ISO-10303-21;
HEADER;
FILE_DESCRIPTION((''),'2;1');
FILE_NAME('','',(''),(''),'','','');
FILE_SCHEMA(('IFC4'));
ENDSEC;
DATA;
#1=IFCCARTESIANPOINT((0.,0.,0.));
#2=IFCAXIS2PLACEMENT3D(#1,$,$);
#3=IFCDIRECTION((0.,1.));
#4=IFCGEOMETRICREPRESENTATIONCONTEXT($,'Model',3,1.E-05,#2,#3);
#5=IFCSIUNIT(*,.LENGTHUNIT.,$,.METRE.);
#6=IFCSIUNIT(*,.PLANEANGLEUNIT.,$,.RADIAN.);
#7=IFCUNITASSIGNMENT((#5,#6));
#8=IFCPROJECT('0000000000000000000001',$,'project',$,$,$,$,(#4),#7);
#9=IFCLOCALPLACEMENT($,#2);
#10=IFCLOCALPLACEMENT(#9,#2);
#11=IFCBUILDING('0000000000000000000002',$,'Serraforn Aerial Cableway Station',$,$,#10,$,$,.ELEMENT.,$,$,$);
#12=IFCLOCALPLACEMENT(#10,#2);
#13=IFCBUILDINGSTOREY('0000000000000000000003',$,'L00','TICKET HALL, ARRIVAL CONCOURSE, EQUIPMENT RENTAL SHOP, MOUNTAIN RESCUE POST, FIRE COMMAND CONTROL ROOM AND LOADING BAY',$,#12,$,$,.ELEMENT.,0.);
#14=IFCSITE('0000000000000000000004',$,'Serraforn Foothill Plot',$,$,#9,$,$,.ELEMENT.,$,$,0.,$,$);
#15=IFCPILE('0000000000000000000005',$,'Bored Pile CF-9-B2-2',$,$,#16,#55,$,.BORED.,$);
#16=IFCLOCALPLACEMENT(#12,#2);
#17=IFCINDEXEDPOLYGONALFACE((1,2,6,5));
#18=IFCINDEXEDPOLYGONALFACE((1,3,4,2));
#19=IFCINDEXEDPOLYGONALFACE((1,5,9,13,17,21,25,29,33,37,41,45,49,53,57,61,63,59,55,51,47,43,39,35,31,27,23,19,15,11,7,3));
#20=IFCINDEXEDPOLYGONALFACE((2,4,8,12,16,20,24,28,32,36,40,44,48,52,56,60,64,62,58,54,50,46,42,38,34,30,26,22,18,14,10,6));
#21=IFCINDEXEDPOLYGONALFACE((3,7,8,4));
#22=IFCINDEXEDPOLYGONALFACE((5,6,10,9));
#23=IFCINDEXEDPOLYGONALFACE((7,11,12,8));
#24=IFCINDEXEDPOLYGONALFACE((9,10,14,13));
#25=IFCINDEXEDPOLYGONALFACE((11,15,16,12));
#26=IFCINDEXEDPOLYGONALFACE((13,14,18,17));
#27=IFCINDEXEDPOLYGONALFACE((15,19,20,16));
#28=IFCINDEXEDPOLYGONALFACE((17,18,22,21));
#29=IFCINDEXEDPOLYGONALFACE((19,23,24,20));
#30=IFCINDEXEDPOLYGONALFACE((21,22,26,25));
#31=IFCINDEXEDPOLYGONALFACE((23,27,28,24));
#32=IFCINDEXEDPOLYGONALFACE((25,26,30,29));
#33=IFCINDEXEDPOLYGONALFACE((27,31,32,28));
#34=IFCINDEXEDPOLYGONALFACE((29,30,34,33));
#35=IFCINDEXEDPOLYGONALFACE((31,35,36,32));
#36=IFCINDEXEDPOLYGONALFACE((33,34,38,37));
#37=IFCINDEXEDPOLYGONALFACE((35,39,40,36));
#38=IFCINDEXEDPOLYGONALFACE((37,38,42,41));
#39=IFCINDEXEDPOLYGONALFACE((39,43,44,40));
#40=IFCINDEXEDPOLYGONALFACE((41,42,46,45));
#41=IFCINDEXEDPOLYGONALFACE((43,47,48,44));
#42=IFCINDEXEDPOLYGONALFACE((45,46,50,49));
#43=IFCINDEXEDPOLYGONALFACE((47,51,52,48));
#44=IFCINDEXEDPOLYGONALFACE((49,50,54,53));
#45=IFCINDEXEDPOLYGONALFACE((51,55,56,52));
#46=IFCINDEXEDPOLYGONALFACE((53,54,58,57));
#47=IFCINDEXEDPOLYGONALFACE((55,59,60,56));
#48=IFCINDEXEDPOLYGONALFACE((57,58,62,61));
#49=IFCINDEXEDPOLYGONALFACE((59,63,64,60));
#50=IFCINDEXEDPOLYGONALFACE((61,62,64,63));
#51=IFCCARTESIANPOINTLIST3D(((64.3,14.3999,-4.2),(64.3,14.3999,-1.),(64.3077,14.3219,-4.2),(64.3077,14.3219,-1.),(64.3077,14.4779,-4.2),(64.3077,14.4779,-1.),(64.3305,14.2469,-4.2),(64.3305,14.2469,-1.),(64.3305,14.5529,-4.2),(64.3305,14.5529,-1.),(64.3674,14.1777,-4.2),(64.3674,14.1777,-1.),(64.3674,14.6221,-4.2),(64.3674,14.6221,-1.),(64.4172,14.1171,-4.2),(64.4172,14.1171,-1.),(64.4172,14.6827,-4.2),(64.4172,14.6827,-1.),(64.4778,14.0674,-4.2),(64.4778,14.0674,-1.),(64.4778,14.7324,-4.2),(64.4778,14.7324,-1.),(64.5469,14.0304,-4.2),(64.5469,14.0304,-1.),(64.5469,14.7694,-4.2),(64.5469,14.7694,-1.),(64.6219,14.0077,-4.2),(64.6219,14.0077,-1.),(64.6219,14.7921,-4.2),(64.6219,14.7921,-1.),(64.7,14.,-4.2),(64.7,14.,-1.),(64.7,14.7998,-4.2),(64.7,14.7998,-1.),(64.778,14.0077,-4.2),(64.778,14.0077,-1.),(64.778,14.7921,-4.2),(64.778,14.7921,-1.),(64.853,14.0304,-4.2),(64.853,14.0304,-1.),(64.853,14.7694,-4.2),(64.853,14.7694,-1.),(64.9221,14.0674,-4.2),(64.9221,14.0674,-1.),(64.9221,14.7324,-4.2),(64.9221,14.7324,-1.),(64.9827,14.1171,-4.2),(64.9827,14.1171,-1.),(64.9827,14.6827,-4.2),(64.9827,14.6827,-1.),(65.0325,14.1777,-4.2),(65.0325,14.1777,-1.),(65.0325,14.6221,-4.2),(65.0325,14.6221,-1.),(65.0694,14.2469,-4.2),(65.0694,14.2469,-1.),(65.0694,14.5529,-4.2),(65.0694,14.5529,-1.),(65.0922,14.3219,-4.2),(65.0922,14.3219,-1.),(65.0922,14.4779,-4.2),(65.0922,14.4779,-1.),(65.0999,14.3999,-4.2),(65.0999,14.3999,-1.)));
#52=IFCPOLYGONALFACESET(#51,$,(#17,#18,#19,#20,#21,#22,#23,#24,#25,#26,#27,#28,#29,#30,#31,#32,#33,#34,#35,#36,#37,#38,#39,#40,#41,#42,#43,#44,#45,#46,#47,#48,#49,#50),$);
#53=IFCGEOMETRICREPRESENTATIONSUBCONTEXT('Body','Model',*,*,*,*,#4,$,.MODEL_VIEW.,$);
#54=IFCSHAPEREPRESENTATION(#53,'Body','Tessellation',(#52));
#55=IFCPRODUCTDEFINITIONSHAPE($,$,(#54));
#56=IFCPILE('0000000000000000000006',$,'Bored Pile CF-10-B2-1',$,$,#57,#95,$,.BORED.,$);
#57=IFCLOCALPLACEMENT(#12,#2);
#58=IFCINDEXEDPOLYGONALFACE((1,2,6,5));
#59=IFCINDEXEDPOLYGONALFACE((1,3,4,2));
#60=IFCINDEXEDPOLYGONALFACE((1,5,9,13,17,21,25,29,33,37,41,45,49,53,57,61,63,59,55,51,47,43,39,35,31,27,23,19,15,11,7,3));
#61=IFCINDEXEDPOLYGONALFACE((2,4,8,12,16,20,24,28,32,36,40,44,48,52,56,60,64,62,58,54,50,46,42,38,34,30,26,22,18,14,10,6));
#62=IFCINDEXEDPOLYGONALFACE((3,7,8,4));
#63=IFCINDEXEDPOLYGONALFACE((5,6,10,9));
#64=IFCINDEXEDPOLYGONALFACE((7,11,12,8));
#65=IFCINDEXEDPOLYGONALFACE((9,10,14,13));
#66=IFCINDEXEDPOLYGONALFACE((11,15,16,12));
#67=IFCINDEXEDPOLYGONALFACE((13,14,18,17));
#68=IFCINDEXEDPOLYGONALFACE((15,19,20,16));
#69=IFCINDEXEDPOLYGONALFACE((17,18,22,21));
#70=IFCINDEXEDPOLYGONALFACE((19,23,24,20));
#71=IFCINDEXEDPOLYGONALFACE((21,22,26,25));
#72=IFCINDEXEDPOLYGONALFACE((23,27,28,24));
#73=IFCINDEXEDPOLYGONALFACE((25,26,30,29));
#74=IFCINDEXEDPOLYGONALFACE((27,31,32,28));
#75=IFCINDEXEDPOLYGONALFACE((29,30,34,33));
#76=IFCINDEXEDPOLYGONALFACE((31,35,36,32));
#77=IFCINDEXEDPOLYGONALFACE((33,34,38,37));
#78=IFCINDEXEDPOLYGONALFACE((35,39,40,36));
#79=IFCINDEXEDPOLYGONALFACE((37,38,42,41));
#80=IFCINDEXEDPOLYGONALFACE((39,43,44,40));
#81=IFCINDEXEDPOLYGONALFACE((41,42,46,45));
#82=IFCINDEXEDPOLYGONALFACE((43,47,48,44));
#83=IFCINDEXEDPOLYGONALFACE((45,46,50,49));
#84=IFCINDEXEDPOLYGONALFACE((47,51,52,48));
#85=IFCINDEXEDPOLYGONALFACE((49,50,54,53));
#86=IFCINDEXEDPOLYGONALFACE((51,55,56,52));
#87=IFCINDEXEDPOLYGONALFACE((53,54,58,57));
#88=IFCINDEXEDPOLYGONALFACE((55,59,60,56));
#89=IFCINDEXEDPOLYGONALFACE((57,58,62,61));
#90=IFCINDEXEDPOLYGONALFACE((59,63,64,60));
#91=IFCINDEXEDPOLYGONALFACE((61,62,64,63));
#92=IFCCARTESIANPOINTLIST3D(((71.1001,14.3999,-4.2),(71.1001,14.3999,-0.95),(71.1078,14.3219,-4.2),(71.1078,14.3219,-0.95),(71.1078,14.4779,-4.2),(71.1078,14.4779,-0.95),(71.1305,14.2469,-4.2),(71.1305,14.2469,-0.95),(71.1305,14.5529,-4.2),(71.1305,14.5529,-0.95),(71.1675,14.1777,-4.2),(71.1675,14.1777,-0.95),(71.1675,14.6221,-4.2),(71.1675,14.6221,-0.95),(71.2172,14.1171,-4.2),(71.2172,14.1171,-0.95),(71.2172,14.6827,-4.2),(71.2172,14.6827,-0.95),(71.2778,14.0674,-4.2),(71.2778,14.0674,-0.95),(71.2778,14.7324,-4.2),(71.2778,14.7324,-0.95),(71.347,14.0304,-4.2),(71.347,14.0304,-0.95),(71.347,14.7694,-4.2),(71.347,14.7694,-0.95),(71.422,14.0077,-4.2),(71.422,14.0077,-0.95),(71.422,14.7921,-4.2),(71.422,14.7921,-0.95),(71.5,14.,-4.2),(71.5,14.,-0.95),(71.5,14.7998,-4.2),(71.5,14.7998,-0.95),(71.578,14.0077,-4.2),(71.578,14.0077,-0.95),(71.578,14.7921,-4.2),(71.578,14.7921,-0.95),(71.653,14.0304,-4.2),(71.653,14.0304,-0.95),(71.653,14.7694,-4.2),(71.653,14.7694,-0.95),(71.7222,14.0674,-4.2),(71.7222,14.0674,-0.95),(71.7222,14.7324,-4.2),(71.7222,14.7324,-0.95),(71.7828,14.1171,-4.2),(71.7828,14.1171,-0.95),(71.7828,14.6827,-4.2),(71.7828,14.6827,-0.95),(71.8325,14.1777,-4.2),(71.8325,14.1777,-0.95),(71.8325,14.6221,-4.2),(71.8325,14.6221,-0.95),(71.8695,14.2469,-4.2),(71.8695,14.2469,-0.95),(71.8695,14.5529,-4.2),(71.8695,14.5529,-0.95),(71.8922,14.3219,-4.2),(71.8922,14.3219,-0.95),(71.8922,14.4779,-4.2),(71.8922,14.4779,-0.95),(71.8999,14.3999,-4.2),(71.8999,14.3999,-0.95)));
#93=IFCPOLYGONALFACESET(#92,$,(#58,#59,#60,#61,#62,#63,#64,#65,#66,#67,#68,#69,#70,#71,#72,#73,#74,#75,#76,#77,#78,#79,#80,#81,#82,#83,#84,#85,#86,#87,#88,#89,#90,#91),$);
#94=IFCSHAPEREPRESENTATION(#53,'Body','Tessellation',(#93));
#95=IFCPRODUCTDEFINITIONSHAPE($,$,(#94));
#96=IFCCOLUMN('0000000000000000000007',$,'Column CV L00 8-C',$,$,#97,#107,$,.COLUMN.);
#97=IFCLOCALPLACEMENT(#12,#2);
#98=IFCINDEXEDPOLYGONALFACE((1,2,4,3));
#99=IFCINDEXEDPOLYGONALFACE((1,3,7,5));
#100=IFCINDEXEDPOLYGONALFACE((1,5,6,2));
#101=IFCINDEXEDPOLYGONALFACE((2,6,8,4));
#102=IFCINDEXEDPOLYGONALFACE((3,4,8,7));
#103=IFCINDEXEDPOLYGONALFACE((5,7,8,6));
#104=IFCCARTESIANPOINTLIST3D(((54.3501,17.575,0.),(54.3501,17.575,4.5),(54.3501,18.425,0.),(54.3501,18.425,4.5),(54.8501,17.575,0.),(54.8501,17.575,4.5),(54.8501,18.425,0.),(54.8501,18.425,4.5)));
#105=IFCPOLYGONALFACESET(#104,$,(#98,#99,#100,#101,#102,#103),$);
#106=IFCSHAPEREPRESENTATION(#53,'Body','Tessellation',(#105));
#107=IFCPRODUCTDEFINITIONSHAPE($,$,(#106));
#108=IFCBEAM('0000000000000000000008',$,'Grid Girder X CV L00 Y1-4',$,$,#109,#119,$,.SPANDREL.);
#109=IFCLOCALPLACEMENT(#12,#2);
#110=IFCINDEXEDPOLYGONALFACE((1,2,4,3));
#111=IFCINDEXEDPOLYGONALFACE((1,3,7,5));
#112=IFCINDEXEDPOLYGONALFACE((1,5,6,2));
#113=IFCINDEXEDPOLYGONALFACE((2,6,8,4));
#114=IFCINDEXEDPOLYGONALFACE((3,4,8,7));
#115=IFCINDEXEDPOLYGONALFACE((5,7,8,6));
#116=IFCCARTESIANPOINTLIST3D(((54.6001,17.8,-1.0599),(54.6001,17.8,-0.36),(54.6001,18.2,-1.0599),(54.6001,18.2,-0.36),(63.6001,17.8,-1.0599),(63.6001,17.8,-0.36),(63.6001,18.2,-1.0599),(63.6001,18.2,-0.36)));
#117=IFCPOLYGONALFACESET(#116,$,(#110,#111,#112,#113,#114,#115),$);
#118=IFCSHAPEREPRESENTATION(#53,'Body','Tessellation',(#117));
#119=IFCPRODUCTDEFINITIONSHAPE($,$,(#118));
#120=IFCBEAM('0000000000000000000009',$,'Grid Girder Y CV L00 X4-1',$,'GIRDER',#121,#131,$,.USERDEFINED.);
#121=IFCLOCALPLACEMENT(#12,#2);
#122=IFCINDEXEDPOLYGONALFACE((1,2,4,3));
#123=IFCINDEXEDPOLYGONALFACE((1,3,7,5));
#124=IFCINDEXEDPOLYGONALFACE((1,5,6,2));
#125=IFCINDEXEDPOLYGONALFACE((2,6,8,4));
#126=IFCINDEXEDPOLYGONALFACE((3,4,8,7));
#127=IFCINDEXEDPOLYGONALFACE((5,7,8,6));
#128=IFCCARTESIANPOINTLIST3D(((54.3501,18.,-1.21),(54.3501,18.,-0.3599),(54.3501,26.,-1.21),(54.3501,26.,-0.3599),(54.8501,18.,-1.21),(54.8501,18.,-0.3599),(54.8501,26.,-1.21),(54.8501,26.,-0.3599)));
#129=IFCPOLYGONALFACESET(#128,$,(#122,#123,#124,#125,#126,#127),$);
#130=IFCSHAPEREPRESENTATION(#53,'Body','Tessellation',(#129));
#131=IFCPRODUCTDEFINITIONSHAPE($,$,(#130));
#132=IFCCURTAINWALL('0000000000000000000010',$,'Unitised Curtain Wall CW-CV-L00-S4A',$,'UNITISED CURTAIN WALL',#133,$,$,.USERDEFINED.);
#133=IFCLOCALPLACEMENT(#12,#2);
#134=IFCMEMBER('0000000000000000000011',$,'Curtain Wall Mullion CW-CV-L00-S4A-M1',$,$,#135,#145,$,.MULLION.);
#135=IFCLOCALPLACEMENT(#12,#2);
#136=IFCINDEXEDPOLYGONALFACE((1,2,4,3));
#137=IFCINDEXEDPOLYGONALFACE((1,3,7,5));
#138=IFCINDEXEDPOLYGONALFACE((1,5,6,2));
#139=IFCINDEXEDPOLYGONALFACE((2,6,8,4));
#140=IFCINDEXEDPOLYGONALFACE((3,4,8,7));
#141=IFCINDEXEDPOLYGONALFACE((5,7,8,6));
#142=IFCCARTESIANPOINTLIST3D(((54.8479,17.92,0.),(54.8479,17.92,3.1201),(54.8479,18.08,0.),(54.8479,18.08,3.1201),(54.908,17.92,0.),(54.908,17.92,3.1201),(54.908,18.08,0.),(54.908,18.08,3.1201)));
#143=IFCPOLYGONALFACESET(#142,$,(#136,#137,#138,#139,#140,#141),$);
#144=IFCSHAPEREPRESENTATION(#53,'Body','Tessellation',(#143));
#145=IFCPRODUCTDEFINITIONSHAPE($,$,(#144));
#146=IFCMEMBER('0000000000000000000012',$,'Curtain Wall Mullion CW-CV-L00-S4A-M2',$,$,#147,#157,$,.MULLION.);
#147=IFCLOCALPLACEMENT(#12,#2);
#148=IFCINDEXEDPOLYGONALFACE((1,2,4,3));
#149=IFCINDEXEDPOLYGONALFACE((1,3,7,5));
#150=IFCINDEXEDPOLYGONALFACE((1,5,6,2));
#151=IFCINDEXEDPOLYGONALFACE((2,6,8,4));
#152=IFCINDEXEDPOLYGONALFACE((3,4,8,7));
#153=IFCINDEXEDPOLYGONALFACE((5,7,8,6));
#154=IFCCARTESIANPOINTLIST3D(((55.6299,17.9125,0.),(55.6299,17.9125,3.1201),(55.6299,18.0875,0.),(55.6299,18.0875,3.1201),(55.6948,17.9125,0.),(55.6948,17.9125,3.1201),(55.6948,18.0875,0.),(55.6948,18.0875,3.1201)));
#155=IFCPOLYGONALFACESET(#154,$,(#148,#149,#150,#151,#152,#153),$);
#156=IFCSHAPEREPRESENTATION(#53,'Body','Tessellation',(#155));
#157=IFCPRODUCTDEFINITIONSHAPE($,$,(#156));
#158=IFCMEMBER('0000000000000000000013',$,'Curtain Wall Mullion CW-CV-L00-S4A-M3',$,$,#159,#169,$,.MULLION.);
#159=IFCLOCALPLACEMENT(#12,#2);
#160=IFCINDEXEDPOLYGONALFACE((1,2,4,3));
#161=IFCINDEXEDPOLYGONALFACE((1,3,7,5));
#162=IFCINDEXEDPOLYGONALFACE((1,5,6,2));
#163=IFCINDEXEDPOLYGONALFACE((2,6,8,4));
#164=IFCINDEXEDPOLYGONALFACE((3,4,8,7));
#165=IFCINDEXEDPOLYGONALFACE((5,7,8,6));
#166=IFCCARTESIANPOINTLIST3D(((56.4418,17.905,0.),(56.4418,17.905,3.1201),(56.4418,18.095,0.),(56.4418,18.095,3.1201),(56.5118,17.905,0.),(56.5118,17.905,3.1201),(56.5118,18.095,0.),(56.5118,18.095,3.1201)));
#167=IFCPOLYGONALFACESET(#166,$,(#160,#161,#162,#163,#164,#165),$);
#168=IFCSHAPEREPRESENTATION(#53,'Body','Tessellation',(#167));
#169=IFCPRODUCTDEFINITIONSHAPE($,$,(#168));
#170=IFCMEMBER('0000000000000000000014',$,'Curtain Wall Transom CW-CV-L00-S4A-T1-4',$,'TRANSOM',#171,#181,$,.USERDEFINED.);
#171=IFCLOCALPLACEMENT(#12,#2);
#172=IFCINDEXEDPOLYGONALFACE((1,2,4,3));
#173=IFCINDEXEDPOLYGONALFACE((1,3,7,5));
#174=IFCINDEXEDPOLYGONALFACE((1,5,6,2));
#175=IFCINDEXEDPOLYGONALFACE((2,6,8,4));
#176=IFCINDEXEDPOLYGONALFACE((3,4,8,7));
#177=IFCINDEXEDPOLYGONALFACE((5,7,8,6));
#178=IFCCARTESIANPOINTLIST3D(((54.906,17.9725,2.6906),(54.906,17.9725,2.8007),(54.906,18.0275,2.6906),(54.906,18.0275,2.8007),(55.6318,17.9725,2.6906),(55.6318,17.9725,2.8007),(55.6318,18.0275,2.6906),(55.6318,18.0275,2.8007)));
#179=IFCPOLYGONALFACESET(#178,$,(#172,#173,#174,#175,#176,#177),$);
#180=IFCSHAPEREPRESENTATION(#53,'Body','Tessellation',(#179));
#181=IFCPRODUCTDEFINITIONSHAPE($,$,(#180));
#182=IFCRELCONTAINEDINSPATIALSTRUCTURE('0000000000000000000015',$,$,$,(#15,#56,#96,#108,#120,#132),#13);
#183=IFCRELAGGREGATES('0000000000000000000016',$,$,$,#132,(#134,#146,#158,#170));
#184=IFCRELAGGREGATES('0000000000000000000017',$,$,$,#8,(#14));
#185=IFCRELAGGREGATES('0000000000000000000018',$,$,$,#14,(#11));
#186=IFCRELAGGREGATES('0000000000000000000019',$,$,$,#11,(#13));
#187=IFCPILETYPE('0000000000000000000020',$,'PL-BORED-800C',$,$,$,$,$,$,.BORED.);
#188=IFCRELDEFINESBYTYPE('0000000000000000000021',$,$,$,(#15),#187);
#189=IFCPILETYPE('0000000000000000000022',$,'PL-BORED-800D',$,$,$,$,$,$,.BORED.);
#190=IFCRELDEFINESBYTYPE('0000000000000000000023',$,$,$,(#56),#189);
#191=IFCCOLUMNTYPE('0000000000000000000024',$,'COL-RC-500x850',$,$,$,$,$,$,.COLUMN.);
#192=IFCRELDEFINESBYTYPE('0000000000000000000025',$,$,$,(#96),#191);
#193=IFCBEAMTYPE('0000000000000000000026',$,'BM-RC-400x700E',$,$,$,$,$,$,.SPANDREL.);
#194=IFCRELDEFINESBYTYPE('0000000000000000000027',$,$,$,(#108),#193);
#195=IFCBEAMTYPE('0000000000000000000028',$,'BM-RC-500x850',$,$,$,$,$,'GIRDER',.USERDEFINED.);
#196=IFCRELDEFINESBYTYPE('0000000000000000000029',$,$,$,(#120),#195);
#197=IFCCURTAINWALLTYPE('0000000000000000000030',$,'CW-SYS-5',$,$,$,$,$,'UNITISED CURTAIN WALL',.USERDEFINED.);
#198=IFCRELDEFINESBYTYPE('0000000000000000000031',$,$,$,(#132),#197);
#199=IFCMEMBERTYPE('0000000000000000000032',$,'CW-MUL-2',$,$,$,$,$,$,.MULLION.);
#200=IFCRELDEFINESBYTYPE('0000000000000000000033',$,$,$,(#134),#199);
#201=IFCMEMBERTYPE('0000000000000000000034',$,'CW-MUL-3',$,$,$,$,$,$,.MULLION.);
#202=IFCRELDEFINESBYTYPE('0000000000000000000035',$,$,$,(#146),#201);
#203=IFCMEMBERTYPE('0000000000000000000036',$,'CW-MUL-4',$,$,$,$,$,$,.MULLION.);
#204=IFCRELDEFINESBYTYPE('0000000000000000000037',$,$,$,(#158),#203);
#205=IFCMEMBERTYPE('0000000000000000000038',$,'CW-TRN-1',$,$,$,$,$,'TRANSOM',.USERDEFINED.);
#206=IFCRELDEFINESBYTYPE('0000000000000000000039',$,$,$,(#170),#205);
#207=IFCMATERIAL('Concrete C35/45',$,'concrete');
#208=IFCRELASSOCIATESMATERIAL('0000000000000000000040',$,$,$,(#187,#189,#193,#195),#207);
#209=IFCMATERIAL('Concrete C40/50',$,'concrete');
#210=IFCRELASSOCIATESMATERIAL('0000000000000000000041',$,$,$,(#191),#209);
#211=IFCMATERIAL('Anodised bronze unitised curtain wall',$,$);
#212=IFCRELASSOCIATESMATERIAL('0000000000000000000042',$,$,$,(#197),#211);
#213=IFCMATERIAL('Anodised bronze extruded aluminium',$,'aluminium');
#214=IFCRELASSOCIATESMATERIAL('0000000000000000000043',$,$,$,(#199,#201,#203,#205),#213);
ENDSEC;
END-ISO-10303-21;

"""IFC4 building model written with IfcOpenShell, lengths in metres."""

from ifc_helpers import new_model, si_unit, direction, frame, origin, origin_2d, place, context, subcontext, project, spatial, rectangle, circle, extrude, material, material_profile, profile_set, type_object, element, aggregate, save


model = new_model("IFC4")

# Units and contexts
model_context = context("Model", 3, precision=1e-05, world=origin(), true_north=direction((0.0, 1.0)))
body_context = subcontext(model_context, "Body", "Model", "MODEL_VIEW")
ifc_project = project(units=[si_unit("LENGTHUNIT", "METRE"), si_unit("PLANEANGLEUNIT", "RADIAN")], contexts=[model_context])

# Site, building, storey
site_placement = place(None, origin())
site = spatial("IfcSite", under=ifc_project, at=site_placement, Name="Serraforn Foothill Plot", CompositionType="ELEMENT", RefElevation=0.0)
building_placement = place(site_placement, origin())
building = spatial("IfcBuilding", under=site, at=building_placement, Name="Serraforn Aerial Cableway Station", CompositionType="ELEMENT")
storey_placement = place(building_placement, origin())
storey = spatial("IfcBuildingStorey", under=building, at=storey_placement, Name="L00", Description="TICKET HALL, ARRIVAL CONCOURSE, EQUIPMENT RENTAL SHOP, MOUNTAIN RESCUE POST, FIRE COMMAND CONTROL ROOM AND LOADING BAY", CompositionType="ELEMENT", Elevation=0.0)

# Piles
ifc_material_1 = material(Name="Concrete C35/45", Category="concrete")
ifc_material_profile_1 = material_profile(ifc_material_1, circle(Radius=0.3999, at=origin_2d()), Name="BORED PILE D800")
ifc_profile_set_1 = profile_set([ifc_material_profile_1], Name="Concrete C35/45")
pile_type_1 = type_object("IfcPileType", Name="PL-BORED-800C", PredefinedType="BORED", material=ifc_profile_set_1)
pile_1_placement = place(storey_placement, frame((64.7, 14.3999, -1.0), z_axis=(0.0, 0.0, -1.0), x_axis=(1.0, 0.0, 0.0)))
element("IfcPile", 1, at=pile_1_placement, inside=storey, type_object=pile_type_1, Name="Bored Pile CF-9-B2-2", PredefinedType="BORED", context=body_context, shape_type="SweptSolid", body=[
    extrude(circle(Radius=0.3999, at=origin_2d()), origin(), (0.0, 0.0, 1.0), 3.2),
])
ifc_material_profile_2 = material_profile(ifc_material_1, circle(Radius=0.3999, at=origin_2d()), Name="BORED PILE D800")
ifc_profile_set_2 = profile_set([ifc_material_profile_2], Name="Concrete C35/45")
pile_type_2 = type_object("IfcPileType", Name="PL-BORED-800D", PredefinedType="BORED", material=ifc_profile_set_2)
pile_2_placement = place(storey_placement, frame((71.5, 14.3999, -0.95), z_axis=(0.0, 0.0, -1.0), x_axis=(1.0, 0.0, 0.0)))
element("IfcPile", 2, at=pile_2_placement, inside=storey, type_object=pile_type_2, Name="Bored Pile CF-10-B2-1", PredefinedType="BORED", context=body_context, shape_type="SweptSolid", body=[
    extrude(circle(Radius=0.3999, at=origin_2d()), origin(), (0.0, 0.0, 1.0), 3.25),
])

# Column
ifc_material_2 = material(Name="Concrete C40/50", Category="concrete")
ifc_material_profile_3 = material_profile(ifc_material_2, rectangle(XDim=0.5, YDim=0.8501, at=origin_2d()), Name="RC 500x850")
ifc_profile_set_3 = profile_set([ifc_material_profile_3], Name="Concrete C40/50")
column_type = type_object("IfcColumnType", Name="COL-RC-500x850", PredefinedType="COLUMN", material=ifc_profile_set_3)
column_placement = place(storey_placement, frame((54.6001, 18.0, 0.0), z_axis=(0.0, 0.0, 1.0), x_axis=(1.0, 0.0, 0.0)))
element("IfcColumn", 3, at=column_placement, inside=storey, type_object=column_type, Name="Column CV L00 8-C", PredefinedType="COLUMN", context=body_context, shape_type="SweptSolid", body=[
    extrude(rectangle(XDim=0.5, YDim=0.8501, at=origin_2d()), origin(), (0.0, 0.0, 1.0), 4.5),
])

# Beams
ifc_material_profile_4 = material_profile(ifc_material_1, rectangle(XDim=0.3999, YDim=0.7, at=origin_2d()), Name="RC 400x700")
ifc_profile_set_4 = profile_set([ifc_material_profile_4], Name="Concrete C35/45")
beam_type_1 = type_object("IfcBeamType", Name="BM-RC-400x700E", PredefinedType="SPANDREL", material=ifc_profile_set_4)
beam_1_placement = place(storey_placement, frame((54.6001, 18.0, -0.71), z_axis=(1.0, 0.0, 0.0), x_axis=(0.0, 1.0, 0.0)))
element("IfcBeam", 4, at=beam_1_placement, inside=storey, type_object=beam_type_1, Name="Grid Girder X CV L00 Y1-4", PredefinedType="SPANDREL", context=body_context, shape_type="SweptSolid", body=[
    extrude(rectangle(XDim=0.3999, YDim=0.7, at=origin_2d()), origin(), (0.0, 0.0, 1.0), 9.0),
])
ifc_material_profile_5 = material_profile(ifc_material_1, rectangle(XDim=0.5, YDim=0.8501, at=origin_2d()), Name="RC 500x850")
ifc_profile_set_5 = profile_set([ifc_material_profile_5], Name="Concrete C35/45")
beam_type_2 = type_object("IfcBeamType", Name="BM-RC-500x850", ElementType="GIRDER", PredefinedType="USERDEFINED", material=ifc_profile_set_5)
beam_2_placement = place(storey_placement, frame((54.6001, 18.0, -0.7849), z_axis=(0.0, 1.0, 0.0), x_axis=(-1.0, 0.0, 0.0)))
element("IfcBeam", 5, at=beam_2_placement, inside=storey, type_object=beam_type_2, Name="Grid Girder Y CV L00 X4-1", ObjectType="GIRDER", PredefinedType="USERDEFINED", context=body_context, shape_type="SweptSolid", body=[
    extrude(rectangle(XDim=0.5, YDim=0.8501, at=origin_2d()), origin(), (0.0, 0.0, 1.0), 8.0),
])

# Curtain wall, members
ifc_material_3 = material(Name="Anodised bronze unitised curtain wall")
curtain_wall_type = type_object("IfcCurtainWallType", Name="CW-SYS-5", ElementType="UNITISED CURTAIN WALL", PredefinedType="USERDEFINED", material=ifc_material_3)
curtain_wall_placement = place(storey_placement, origin())
curtain_wall = element("IfcCurtainWall", 6, at=curtain_wall_placement, inside=storey, type_object=curtain_wall_type, Name="Unitised Curtain Wall CW-CV-L00-S4A", ObjectType="UNITISED CURTAIN WALL", PredefinedType="USERDEFINED")
ifc_material_4 = material(Name="Anodised bronze extruded aluminium", Category="aluminium")
ifc_material_profile_6 = material_profile(ifc_material_4, rectangle(XDim=0.0601, YDim=0.1599, at=origin_2d()), Name="CW MULLION 60x160")
ifc_profile_set_6 = profile_set([ifc_material_profile_6], Name="Anodised bronze extruded aluminium")
member_type_1 = type_object("IfcMemberType", Name="CW-MUL-2", PredefinedType="MULLION", material=ifc_profile_set_6)
member_1_placement = place(storey_placement, frame((54.8779, 18.0, 0.0), z_axis=(0.0, 0.0, 1.0), x_axis=(1.0, 0.0, 0.0)))
member_1 = element("IfcMember", 7, at=member_1_placement, type_object=member_type_1, Name="Curtain Wall Mullion CW-CV-L00-S4A-M1", PredefinedType="MULLION", context=body_context, shape_type="SweptSolid", body=[
    extrude(rectangle(XDim=0.0601, YDim=0.1599, at=origin_2d()), origin(), (0.0, 0.0, 1.0), 3.1201),
])
ifc_material_profile_7 = material_profile(ifc_material_4, rectangle(XDim=0.0649, YDim=0.175, at=origin_2d()), Name="CW MULLION 65x175")
ifc_profile_set_7 = profile_set([ifc_material_profile_7], Name="Anodised bronze extruded aluminium")
member_type_2 = type_object("IfcMemberType", Name="CW-MUL-3", PredefinedType="MULLION", material=ifc_profile_set_7)
member_2_placement = place(storey_placement, frame((55.6624, 18.0, 0.0), z_axis=(0.0, 0.0, 1.0), x_axis=(1.0, 0.0, 0.0)))
member_2 = element("IfcMember", 8, at=member_2_placement, type_object=member_type_2, Name="Curtain Wall Mullion CW-CV-L00-S4A-M2", PredefinedType="MULLION", context=body_context, shape_type="SweptSolid", body=[
    extrude(rectangle(XDim=0.0649, YDim=0.175, at=origin_2d()), origin(), (0.0, 0.0, 1.0), 3.1201),
])
ifc_material_profile_8 = material_profile(ifc_material_4, rectangle(XDim=0.0701, YDim=0.1899, at=origin_2d()), Name="CW MULLION 70x190")
ifc_profile_set_8 = profile_set([ifc_material_profile_8], Name="Anodised bronze extruded aluminium")
member_type_3 = type_object("IfcMemberType", Name="CW-MUL-4", PredefinedType="MULLION", material=ifc_profile_set_8)
member_3_placement = place(storey_placement, frame((56.4768, 18.0, 0.0), z_axis=(0.0, 0.0, 1.0), x_axis=(1.0, 0.0, 0.0)))
member_3 = element("IfcMember", 9, at=member_3_placement, type_object=member_type_3, Name="Curtain Wall Mullion CW-CV-L00-S4A-M3", PredefinedType="MULLION", context=body_context, shape_type="SweptSolid", body=[
    extrude(rectangle(XDim=0.0701, YDim=0.1899, at=origin_2d()), origin(), (0.0, 0.0, 1.0), 3.1201),
])
ifc_material_profile_9 = material_profile(ifc_material_4, rectangle(XDim=0.0549, YDim=0.1101, at=origin_2d()), Name="CW TRANSOM 55x110")
ifc_profile_set_9 = profile_set([ifc_material_profile_9], Name="Anodised bronze extruded aluminium")
member_type_4 = type_object("IfcMemberType", Name="CW-TRN-1", ElementType="TRANSOM", PredefinedType="USERDEFINED", material=ifc_profile_set_9)
member_4_placement = place(storey_placement, frame((54.906, 18.0, 2.7456), z_axis=(1.0, 0.0, 0.0), x_axis=(0.0, 1.0, 0.0)))
member_4 = element("IfcMember", 10, at=member_4_placement, type_object=member_type_4, Name="Curtain Wall Transom CW-CV-L00-S4A-T1-4", ObjectType="TRANSOM", PredefinedType="USERDEFINED", context=body_context, shape_type="SweptSolid", body=[
    extrude(rectangle(XDim=0.0549, YDim=0.1101, at=origin_2d()), origin(), (0.0, 0.0, 1.0), 0.7258),
])
aggregate(curtain_wall, [member_1, member_2, member_3, member_4])

save(model, "model.ifc")
